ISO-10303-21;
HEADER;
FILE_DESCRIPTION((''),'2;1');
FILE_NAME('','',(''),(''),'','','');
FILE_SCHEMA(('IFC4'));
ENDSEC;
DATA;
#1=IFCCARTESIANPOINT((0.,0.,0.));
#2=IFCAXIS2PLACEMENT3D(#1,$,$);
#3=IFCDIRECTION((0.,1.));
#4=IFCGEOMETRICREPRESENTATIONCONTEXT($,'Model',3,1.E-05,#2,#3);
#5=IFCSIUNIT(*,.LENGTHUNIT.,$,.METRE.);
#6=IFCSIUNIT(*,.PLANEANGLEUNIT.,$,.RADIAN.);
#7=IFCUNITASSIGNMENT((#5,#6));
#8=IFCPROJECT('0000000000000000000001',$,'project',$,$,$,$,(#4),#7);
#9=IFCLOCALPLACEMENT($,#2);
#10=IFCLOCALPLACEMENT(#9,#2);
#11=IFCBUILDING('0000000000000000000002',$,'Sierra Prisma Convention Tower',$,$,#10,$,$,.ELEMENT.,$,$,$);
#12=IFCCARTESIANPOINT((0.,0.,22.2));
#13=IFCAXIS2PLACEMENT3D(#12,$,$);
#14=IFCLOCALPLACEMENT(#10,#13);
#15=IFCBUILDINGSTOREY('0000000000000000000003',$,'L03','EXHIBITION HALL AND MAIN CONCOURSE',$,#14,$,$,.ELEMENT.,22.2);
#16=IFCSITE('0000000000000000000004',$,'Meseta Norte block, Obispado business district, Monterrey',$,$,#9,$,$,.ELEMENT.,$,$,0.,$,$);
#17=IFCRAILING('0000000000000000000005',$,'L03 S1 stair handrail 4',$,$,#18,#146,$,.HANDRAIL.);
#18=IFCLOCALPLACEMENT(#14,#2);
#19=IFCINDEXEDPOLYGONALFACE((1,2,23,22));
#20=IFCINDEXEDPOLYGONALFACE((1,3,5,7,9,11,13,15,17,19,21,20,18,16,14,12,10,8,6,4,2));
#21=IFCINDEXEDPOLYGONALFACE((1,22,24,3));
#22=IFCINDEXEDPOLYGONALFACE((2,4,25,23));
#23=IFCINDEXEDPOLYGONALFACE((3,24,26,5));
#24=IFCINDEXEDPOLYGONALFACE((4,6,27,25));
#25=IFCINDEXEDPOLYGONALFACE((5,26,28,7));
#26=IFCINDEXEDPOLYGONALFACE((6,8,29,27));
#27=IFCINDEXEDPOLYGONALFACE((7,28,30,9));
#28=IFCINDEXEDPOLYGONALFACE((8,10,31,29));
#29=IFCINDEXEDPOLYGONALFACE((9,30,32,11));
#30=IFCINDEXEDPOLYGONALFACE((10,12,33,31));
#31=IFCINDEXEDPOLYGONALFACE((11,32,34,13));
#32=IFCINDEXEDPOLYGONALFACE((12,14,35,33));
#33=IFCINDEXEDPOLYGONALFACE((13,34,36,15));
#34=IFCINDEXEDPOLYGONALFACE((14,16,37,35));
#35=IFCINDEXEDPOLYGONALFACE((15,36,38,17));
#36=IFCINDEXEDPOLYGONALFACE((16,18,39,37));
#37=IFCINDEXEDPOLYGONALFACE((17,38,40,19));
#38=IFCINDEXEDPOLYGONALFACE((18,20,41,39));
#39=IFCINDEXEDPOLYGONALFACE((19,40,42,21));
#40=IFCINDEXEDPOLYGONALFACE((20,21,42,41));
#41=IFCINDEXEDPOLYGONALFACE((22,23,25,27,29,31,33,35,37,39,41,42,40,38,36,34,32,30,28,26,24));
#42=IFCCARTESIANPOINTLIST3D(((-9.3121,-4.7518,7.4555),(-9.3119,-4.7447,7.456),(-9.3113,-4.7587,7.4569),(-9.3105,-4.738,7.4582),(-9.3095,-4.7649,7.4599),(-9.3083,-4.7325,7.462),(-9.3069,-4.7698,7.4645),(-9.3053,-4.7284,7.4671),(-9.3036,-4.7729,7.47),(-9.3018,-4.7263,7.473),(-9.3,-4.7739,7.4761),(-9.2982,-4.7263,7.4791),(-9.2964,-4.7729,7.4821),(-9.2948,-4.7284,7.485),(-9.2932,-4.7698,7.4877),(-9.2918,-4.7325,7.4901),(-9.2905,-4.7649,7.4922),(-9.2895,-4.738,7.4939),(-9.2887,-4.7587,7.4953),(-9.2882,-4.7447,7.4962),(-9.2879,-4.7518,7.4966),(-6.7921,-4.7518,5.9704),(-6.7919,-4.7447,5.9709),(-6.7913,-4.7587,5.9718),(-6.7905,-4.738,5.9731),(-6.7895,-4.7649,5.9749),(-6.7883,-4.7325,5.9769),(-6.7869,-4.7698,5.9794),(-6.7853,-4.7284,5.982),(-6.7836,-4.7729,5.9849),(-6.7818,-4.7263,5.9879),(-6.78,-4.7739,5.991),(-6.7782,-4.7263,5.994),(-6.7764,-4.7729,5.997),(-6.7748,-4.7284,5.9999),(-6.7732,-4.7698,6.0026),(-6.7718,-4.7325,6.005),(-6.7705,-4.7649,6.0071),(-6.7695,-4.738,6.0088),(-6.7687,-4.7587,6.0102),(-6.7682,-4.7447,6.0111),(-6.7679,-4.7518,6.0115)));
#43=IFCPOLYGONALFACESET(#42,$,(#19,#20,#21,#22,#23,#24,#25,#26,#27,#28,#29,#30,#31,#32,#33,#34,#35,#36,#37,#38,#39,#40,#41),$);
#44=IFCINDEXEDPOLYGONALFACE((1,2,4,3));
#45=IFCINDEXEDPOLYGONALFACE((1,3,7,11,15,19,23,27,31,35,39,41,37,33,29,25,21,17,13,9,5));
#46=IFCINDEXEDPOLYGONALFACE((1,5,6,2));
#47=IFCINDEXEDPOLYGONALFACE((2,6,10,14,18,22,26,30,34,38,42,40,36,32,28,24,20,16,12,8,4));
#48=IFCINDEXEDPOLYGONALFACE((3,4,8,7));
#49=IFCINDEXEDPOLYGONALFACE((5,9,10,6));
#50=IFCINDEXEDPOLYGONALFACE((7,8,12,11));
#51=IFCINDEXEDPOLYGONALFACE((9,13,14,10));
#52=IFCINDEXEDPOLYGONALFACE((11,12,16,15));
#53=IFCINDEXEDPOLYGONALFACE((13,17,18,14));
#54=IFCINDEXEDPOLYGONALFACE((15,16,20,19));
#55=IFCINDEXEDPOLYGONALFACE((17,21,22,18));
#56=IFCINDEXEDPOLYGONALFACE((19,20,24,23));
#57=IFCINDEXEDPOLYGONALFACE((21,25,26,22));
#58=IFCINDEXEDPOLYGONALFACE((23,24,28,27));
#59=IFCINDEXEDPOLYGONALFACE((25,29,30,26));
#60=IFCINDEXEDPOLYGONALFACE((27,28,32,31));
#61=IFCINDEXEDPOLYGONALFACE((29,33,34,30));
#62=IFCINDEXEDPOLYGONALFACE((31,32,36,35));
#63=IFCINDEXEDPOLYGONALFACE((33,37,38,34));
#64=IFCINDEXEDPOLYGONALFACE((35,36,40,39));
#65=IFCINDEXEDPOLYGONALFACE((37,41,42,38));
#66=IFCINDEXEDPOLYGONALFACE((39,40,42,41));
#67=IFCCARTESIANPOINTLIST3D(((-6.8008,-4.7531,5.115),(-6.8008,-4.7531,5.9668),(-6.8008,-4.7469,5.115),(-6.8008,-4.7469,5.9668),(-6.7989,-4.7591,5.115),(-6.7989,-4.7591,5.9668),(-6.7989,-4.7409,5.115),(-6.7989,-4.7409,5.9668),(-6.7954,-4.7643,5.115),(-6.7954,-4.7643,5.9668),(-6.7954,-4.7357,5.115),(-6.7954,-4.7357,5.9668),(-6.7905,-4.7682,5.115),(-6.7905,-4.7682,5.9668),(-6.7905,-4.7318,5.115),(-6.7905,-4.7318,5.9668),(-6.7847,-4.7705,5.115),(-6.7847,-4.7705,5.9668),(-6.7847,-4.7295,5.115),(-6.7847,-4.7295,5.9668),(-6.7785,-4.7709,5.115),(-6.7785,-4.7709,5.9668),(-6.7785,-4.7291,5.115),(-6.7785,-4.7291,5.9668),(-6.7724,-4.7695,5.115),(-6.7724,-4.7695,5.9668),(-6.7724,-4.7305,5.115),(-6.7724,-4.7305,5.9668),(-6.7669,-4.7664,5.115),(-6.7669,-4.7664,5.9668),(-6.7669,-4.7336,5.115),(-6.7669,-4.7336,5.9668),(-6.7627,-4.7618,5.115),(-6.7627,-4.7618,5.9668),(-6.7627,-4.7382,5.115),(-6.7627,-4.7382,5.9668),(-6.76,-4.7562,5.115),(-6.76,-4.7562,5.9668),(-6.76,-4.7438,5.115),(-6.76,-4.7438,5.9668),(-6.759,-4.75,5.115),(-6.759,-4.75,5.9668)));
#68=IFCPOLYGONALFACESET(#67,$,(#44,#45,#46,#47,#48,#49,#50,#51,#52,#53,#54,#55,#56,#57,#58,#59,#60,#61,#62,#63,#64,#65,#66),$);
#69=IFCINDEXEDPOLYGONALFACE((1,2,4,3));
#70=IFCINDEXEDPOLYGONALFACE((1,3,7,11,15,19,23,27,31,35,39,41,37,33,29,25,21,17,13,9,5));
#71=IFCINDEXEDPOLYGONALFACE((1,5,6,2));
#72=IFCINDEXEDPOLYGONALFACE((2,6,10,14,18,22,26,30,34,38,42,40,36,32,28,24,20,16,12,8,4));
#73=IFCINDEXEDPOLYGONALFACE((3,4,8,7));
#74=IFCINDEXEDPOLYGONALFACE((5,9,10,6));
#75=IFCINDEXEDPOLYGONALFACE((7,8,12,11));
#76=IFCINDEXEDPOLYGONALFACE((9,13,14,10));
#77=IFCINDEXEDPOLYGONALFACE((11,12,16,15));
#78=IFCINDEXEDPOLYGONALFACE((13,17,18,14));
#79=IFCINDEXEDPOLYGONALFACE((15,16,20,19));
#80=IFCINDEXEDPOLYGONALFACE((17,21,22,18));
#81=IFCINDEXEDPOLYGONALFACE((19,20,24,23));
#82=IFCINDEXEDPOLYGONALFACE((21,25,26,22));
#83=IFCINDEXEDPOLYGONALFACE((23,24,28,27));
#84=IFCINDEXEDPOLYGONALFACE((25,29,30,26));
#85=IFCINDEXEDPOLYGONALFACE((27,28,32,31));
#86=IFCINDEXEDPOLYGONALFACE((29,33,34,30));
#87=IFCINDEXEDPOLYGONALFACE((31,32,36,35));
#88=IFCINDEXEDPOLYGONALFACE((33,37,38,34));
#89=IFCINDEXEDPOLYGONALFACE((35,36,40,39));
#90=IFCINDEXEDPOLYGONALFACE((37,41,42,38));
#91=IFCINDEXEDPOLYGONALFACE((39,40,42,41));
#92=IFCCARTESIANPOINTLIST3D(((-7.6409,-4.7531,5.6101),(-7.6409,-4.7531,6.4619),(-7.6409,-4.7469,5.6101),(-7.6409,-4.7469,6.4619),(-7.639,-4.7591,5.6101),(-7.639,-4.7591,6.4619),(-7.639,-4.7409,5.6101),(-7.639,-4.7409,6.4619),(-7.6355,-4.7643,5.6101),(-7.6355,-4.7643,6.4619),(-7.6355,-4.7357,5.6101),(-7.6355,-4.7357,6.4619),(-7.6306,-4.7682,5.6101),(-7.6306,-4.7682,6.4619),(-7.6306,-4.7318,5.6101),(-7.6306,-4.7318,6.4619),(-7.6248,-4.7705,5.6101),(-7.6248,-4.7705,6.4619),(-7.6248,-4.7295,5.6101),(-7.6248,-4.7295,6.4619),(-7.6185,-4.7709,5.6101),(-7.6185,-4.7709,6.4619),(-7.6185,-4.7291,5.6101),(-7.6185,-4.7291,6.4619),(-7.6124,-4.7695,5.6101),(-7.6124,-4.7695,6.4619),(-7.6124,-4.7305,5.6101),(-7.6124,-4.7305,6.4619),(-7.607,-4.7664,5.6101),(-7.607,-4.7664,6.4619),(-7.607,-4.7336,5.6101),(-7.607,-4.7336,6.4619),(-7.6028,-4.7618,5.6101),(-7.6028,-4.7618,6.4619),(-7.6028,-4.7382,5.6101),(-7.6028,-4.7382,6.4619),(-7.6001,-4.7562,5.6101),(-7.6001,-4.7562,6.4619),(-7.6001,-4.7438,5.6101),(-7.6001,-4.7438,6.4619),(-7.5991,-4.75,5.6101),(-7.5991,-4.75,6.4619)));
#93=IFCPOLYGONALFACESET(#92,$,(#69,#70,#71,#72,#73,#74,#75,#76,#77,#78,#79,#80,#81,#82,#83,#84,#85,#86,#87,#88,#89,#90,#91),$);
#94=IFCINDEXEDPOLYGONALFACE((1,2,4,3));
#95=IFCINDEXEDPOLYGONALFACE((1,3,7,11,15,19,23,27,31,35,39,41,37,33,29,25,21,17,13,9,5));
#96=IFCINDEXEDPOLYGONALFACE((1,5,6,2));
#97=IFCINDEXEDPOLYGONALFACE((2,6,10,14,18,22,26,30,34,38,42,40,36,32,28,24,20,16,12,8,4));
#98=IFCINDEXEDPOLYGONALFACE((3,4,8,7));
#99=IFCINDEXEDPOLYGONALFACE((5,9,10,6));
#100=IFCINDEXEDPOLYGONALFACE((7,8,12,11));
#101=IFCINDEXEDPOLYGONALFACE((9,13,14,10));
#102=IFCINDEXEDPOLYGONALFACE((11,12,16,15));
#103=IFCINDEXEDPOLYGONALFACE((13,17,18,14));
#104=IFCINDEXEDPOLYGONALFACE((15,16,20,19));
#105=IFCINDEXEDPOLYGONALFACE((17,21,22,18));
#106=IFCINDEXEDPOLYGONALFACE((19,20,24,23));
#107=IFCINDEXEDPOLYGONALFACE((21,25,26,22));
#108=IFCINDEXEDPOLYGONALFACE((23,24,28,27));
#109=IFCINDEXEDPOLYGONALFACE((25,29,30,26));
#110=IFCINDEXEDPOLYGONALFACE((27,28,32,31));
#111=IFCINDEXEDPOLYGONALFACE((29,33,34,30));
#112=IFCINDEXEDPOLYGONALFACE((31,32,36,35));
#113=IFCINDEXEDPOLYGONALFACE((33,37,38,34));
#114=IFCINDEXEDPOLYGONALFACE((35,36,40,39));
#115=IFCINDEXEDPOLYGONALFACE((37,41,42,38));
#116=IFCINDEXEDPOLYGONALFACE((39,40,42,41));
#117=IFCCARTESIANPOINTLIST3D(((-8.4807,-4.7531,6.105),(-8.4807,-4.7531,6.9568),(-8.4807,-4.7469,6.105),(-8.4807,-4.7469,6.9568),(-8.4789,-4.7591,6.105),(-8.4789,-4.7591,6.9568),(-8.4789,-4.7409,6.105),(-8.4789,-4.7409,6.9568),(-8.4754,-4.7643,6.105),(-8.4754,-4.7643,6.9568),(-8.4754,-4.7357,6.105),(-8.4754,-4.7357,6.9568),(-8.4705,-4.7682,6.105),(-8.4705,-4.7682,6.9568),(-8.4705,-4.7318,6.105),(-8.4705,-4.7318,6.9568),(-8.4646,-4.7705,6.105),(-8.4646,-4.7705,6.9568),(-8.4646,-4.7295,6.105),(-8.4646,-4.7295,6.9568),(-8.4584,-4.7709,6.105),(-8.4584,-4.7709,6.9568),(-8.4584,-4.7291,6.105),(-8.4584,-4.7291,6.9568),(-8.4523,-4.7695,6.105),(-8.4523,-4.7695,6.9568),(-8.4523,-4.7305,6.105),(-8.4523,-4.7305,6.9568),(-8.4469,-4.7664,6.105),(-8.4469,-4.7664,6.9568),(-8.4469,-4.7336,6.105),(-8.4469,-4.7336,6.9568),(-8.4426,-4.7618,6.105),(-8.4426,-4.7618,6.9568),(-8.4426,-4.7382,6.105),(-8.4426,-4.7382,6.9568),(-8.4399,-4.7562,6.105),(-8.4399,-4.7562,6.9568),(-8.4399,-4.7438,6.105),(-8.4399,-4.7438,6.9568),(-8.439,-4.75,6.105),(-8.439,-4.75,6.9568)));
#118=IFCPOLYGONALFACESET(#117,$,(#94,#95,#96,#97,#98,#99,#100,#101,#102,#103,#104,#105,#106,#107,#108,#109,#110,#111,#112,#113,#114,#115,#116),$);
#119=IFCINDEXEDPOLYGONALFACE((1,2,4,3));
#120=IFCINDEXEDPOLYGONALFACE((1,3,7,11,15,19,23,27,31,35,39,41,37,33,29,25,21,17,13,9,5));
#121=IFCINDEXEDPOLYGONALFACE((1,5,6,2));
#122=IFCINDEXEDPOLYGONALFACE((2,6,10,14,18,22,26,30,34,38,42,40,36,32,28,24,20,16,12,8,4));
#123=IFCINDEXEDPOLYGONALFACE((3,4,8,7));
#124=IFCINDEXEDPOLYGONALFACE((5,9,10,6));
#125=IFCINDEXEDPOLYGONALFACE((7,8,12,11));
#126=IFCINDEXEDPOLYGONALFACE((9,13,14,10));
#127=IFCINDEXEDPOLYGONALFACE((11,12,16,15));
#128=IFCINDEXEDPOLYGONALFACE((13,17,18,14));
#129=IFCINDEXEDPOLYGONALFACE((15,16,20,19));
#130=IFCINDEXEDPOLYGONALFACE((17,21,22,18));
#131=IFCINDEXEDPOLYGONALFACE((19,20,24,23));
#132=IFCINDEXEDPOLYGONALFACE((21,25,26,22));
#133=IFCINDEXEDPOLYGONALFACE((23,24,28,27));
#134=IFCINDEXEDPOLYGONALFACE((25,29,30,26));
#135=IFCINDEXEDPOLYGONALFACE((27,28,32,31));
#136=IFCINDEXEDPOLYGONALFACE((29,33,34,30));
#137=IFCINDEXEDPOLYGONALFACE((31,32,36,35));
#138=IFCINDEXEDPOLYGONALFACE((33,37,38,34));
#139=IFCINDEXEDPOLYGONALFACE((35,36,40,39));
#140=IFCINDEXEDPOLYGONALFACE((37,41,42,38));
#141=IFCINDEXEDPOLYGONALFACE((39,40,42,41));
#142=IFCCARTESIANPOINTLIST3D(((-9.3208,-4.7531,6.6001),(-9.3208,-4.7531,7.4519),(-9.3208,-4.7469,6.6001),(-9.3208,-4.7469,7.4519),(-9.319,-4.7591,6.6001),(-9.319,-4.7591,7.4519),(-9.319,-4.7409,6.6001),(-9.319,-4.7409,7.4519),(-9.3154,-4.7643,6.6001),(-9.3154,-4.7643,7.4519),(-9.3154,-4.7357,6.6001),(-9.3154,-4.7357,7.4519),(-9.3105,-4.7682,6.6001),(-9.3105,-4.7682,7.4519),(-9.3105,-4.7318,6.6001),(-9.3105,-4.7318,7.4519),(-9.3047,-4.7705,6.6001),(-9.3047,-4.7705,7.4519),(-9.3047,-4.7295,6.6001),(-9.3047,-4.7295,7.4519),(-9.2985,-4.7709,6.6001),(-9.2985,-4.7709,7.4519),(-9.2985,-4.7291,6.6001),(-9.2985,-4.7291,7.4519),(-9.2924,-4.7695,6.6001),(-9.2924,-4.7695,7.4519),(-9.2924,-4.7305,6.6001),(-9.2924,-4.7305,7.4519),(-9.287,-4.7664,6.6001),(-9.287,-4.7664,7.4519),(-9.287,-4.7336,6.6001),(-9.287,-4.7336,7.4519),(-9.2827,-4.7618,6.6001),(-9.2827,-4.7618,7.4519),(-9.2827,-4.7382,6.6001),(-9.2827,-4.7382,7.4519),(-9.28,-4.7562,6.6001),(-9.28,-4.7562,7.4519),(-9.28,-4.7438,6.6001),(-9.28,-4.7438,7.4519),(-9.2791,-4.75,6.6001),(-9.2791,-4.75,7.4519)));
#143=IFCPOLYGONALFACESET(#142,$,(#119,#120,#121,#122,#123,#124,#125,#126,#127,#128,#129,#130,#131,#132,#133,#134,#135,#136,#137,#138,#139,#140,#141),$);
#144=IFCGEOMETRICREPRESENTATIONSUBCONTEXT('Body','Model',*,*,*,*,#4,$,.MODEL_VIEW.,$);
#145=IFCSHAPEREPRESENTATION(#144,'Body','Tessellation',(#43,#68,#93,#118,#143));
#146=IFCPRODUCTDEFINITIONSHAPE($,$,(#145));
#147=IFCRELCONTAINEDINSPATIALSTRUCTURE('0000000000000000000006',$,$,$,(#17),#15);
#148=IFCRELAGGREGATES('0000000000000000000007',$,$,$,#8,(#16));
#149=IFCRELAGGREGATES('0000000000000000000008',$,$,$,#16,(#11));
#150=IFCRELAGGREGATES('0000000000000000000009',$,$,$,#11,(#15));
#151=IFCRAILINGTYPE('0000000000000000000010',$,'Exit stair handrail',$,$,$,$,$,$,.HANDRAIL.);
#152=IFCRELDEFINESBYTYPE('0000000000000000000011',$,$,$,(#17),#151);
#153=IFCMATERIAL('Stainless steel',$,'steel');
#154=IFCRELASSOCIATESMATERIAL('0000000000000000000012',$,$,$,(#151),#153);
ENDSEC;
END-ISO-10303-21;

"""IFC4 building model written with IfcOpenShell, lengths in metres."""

from ifc_helpers import new_model, si_unit, direction, frame, origin, origin_2d, place, context, subcontext, project, spatial, circle, extrude, material, type_object, element, save


model = new_model("IFC4")

# Units and contexts
model_context = context("Model", 3, precision=1e-05, world=origin(), true_north=direction((0.0, 1.0)))
body_context = subcontext(model_context, "Body", "Model", "MODEL_VIEW")
ifc_project = project(units=[si_unit("LENGTHUNIT", "METRE"), si_unit("PLANEANGLEUNIT", "RADIAN")], contexts=[model_context])

# Site, building, storey
site_placement = place(None, origin())
site = spatial("IfcSite", under=ifc_project, at=site_placement, Name="Meseta Norte block, Obispado business district, Monterrey", CompositionType="ELEMENT", RefElevation=0.0)
building_placement = place(site_placement, origin())
building = spatial("IfcBuilding", under=site, at=building_placement, Name="Sierra Prisma Convention Tower", CompositionType="ELEMENT")
storey_placement = place(building_placement, frame((0.0, 0.0, 22.2)))
storey = spatial("IfcBuildingStorey", under=building, at=storey_placement, Name="L03", Description="EXHIBITION HALL AND MAIN CONCOURSE", CompositionType="ELEMENT", Elevation=22.2)

# Railing
ifc_material_1 = material(Name="Stainless steel", Category="steel")
railing_type_1 = type_object("IfcRailingType", Name="Exit stair handrail", PredefinedType="HANDRAIL", material=ifc_material_1)
for number, where, name in (
    (1, (-6.78, -4.75, 5.115), "L03 S1 stair handrail 4"),
):
    element("IfcRailing", number, at=place(storey_placement, frame(where)), inside=storey, type_object=railing_type_1, Name=name, PredefinedType="HANDRAIL", context=body_context, shape_type="SweptSolid", body=[
        extrude(circle(Radius=0.0239, at=origin_2d()), frame((0.0, 0.0, 0.876), z_axis=(-0.861524, 0.0, 0.507717), x_axis=(0.0, -1.0, 0.0)), (0.0, 0.0, 1.0), 2.925),
        extrude(circle(Radius=0.021, at=origin_2d()), origin(), (0.0, 0.0, 1.0), 0.8518),
        extrude(circle(Radius=0.021, at=origin_2d()), frame((-0.8401, 0.0, 0.4951)), (0.0, 0.0, 1.0), 0.8518),
        extrude(circle(Radius=0.021, at=origin_2d()), frame((-1.6799, 0.0, 0.99)), (0.0, 0.0, 1.0), 0.8518),
        extrude(circle(Radius=0.021, at=origin_2d()), frame((-2.52, 0.0, 1.4851)), (0.0, 0.0, 1.0), 0.8518),
    ])

save(model, "model.ifc")
